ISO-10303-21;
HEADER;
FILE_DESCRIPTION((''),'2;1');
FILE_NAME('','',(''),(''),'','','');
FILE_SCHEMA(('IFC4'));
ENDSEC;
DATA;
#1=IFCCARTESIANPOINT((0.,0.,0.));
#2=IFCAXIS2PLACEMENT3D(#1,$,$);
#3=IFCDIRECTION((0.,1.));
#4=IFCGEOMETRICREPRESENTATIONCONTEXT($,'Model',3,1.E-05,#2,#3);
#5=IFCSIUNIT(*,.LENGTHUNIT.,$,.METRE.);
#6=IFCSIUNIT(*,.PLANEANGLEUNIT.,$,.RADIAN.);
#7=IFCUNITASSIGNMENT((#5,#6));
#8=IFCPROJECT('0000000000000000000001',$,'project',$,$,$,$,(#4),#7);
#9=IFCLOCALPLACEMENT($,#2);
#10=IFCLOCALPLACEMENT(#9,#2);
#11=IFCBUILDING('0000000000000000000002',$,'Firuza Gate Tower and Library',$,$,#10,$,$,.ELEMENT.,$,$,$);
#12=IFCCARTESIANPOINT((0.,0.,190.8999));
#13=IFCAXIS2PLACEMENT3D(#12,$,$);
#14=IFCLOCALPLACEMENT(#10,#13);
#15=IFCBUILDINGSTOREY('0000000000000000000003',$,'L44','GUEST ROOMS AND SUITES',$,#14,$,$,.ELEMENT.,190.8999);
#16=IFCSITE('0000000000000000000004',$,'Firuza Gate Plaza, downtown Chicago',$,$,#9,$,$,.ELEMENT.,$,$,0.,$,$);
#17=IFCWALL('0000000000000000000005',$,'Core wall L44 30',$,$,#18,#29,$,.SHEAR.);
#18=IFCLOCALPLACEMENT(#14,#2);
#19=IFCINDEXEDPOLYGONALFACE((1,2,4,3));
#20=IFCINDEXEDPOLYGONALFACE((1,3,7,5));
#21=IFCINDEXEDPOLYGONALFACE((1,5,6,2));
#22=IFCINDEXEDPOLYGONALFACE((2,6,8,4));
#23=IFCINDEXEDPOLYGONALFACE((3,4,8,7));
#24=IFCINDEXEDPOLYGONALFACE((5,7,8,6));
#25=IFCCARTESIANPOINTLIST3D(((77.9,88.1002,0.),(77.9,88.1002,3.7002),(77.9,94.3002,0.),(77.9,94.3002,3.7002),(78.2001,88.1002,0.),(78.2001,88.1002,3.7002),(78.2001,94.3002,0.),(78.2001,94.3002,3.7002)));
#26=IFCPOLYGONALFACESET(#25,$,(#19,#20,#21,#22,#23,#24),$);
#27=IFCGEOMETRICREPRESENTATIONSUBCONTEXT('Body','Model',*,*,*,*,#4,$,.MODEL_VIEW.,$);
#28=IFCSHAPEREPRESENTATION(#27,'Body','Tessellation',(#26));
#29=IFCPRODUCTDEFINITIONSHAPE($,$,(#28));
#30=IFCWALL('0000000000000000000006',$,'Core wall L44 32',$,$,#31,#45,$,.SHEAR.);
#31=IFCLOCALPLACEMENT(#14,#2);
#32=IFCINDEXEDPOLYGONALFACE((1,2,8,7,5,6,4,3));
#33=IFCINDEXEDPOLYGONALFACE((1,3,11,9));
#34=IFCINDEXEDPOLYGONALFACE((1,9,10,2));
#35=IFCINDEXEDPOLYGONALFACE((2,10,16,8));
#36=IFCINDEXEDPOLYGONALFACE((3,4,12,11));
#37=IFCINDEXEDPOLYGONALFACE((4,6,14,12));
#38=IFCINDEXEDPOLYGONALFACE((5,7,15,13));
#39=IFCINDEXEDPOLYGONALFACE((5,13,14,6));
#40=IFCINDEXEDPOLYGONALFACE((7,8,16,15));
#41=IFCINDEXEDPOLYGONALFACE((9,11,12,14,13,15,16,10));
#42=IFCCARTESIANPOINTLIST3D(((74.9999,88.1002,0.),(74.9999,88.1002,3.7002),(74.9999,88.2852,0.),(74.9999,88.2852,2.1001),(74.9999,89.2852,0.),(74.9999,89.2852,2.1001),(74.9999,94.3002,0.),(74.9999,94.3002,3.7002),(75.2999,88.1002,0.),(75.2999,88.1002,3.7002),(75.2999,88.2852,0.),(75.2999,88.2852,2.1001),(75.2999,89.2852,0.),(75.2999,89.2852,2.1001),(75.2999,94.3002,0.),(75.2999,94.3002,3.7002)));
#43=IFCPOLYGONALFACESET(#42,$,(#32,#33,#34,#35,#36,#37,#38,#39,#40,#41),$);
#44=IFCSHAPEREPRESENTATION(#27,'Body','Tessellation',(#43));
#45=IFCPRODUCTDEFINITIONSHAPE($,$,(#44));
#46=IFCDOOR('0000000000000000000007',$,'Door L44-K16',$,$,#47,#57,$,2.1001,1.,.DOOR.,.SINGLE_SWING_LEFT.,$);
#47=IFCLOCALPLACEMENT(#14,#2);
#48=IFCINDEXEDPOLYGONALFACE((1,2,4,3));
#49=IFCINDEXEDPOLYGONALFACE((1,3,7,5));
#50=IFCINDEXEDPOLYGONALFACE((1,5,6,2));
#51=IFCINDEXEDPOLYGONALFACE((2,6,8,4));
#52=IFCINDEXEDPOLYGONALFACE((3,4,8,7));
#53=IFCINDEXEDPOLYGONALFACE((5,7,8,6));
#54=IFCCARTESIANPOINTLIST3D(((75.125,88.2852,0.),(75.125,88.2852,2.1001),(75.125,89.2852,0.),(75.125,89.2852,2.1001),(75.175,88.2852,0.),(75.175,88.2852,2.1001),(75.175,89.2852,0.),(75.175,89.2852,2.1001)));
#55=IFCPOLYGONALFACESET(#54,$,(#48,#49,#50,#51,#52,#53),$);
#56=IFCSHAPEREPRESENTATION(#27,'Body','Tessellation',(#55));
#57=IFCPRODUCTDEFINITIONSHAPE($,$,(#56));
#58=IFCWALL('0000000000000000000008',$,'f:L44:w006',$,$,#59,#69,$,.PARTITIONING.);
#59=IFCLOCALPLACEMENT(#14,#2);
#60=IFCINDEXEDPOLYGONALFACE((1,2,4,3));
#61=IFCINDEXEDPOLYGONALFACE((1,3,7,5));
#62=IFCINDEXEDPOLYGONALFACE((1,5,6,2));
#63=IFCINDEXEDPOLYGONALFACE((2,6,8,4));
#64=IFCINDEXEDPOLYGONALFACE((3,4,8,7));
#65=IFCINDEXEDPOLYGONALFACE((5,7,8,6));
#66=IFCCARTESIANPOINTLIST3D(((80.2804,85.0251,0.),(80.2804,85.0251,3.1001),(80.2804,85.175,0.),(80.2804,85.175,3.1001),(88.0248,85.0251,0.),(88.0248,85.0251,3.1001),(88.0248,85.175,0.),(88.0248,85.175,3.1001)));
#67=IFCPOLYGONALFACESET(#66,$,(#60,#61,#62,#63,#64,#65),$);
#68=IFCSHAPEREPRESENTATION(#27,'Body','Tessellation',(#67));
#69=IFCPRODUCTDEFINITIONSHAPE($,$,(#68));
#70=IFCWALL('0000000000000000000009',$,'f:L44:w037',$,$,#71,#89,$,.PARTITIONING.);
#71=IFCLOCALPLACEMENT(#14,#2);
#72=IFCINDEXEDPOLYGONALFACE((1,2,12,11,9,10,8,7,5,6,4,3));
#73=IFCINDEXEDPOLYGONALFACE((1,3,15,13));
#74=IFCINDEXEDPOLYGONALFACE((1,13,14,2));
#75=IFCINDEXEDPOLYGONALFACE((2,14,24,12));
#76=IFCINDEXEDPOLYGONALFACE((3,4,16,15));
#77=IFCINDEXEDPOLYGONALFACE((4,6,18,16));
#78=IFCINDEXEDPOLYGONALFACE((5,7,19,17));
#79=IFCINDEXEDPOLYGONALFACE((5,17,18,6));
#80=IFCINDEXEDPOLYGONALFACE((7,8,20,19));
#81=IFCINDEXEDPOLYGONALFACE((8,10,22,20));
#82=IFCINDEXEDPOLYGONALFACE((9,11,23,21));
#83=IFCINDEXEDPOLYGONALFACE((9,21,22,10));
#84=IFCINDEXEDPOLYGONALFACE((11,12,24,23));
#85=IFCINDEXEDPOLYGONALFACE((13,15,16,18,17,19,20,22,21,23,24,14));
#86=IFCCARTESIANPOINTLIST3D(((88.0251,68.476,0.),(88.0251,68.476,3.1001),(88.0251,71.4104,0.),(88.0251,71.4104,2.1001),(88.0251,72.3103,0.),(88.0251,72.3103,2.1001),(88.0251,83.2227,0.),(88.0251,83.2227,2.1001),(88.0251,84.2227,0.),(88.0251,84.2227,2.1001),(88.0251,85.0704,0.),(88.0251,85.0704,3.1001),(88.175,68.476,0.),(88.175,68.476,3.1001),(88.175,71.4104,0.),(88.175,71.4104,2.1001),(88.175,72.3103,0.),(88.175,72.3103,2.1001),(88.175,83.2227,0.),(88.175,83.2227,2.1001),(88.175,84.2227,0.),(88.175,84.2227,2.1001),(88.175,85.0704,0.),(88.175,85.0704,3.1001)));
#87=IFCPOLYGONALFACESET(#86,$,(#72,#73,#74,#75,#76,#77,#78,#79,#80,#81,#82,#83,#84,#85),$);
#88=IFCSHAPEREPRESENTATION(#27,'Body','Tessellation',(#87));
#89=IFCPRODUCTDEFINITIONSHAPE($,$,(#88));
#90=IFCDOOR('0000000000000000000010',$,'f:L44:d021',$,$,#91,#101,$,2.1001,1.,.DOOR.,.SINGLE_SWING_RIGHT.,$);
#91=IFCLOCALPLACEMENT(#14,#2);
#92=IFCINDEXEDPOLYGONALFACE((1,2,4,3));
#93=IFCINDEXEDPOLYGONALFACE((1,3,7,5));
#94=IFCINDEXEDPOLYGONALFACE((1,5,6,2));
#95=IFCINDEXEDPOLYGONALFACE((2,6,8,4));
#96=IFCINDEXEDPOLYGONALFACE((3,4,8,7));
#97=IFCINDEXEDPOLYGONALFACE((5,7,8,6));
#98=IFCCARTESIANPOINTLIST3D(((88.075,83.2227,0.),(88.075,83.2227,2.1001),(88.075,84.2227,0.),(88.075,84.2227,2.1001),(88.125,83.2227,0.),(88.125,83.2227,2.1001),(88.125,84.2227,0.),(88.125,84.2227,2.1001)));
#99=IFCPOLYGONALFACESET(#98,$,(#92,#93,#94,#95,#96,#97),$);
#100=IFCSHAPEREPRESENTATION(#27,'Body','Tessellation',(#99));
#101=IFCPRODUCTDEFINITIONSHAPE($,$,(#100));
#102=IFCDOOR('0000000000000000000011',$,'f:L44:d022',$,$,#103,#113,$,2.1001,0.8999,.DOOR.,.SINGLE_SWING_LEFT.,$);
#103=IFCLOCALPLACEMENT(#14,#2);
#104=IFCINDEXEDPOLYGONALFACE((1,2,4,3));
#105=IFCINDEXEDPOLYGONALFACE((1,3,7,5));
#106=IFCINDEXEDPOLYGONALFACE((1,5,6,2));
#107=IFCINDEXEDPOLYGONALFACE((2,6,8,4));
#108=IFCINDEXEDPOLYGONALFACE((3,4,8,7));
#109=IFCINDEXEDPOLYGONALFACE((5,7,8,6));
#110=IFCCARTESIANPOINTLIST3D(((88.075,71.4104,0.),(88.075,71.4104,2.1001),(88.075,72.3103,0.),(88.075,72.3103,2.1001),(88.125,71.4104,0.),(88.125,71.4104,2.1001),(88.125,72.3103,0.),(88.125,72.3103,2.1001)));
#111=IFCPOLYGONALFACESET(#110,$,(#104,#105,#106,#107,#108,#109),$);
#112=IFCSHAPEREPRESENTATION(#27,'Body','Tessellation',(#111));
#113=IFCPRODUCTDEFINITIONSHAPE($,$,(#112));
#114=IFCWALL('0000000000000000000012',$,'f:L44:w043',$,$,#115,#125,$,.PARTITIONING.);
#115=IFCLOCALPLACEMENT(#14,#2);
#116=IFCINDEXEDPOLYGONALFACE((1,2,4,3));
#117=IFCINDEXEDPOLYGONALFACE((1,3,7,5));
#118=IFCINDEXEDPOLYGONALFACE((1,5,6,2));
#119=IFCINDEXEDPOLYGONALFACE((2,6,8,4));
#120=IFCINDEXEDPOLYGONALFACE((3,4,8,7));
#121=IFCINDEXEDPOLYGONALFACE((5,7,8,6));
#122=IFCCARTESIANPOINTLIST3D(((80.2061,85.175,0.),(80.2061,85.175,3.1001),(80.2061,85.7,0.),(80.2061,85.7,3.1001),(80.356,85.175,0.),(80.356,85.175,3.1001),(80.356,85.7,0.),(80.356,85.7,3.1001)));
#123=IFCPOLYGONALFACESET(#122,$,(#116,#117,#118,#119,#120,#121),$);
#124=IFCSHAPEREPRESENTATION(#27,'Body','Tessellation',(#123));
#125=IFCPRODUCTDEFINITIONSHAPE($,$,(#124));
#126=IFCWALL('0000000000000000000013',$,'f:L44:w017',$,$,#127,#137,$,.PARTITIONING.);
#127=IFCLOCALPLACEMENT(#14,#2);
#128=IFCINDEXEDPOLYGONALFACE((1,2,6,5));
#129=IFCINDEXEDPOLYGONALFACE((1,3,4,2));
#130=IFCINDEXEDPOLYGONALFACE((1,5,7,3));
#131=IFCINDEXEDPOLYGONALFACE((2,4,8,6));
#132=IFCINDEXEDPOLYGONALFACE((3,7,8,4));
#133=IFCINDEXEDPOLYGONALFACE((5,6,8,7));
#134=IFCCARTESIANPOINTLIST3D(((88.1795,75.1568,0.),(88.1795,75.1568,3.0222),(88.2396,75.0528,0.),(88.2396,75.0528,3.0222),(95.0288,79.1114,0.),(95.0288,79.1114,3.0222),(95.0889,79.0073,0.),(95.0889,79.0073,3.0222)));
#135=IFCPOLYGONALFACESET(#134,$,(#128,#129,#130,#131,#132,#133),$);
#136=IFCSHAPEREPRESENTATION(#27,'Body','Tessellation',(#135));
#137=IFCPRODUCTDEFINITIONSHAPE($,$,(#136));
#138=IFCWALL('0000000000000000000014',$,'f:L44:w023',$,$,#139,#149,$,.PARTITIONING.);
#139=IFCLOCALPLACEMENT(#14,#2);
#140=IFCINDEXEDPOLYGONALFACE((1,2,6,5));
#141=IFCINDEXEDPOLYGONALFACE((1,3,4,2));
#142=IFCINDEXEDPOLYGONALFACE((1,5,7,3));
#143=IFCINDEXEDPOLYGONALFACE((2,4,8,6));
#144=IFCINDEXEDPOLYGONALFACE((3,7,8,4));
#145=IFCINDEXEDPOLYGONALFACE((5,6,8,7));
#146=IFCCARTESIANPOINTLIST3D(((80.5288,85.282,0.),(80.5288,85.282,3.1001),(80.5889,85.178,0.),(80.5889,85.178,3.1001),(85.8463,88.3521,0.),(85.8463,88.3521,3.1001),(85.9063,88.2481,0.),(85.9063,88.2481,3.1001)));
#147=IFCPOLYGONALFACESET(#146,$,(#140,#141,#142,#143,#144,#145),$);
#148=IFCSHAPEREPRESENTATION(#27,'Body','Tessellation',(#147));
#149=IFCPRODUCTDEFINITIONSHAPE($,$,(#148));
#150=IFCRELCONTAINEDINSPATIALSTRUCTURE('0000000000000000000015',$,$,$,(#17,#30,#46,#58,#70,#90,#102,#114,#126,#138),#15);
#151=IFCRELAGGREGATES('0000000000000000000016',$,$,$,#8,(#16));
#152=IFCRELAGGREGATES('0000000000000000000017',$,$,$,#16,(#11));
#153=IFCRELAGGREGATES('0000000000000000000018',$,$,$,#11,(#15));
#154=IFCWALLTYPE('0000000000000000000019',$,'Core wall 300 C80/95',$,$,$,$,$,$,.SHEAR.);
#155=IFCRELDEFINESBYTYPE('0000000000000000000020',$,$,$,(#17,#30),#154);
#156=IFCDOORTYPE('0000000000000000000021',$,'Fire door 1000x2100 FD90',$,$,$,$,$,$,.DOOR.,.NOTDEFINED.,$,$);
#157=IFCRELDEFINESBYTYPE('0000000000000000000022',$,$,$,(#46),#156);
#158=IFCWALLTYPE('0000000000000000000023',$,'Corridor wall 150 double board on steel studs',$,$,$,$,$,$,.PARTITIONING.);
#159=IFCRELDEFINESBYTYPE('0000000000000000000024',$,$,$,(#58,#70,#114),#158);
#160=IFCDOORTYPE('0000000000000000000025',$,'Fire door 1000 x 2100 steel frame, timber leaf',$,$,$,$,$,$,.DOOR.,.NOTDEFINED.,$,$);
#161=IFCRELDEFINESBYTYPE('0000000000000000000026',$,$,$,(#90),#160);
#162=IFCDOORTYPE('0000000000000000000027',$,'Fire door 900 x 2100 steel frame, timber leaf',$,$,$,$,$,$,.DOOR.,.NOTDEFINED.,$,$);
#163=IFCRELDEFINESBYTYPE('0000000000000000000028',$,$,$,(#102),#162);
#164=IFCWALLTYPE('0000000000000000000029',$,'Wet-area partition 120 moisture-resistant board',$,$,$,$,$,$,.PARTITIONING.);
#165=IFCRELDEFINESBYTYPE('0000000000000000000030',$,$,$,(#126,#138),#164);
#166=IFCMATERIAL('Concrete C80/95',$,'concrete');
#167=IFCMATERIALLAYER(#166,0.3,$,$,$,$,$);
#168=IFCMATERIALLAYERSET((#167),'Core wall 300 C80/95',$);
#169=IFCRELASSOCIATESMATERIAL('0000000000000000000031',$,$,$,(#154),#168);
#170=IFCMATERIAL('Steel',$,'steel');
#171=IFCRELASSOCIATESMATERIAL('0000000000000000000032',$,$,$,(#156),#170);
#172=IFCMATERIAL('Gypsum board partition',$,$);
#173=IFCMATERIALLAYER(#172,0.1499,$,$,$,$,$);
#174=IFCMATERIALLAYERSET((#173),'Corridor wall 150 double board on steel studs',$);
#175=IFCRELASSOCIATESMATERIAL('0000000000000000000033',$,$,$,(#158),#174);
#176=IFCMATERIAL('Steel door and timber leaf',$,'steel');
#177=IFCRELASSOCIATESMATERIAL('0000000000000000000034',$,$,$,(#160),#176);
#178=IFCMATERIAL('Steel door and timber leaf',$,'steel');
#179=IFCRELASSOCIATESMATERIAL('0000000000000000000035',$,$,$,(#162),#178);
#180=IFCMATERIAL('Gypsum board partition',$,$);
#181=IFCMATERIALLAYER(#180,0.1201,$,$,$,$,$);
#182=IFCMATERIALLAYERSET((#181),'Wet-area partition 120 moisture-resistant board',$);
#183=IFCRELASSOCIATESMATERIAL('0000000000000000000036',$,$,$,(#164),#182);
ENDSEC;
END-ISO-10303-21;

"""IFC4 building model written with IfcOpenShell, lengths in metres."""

from ifc_helpers import new_model, si_unit, direction, frame, frame_2d, origin, place, context, subcontext, project, spatial, rectangle, extrude, material, layer, layer_set, type_object, element, fill, save


model = new_model("IFC4")

# Units and contexts
model_context = context("Model", 3, precision=1e-05, world=origin(), true_north=direction((0.0, 1.0)))
body_context = subcontext(model_context, "Body", "Model", "MODEL_VIEW")
ifc_project = project(units=[si_unit("LENGTHUNIT", "METRE"), si_unit("PLANEANGLEUNIT", "RADIAN")], contexts=[model_context])

# Site, building, storey
site_placement = place(None, origin())
site = spatial("IfcSite", under=ifc_project, at=site_placement, Name="Firuza Gate Plaza, downtown Chicago", CompositionType="ELEMENT", RefElevation=0.0)
building_placement = place(site_placement, origin())
building = spatial("IfcBuilding", under=site, at=building_placement, Name="Firuza Gate Tower and Library", CompositionType="ELEMENT")
storey_placement = place(building_placement, frame((0.0, 0.0, 190.8999)))
storey = spatial("IfcBuildingStorey", under=building, at=storey_placement, Name="L44", Description="GUEST ROOMS AND SUITES", CompositionType="ELEMENT", Elevation=190.8999)

# Shared definitions
ifc_material_1 = material(Name="Concrete C80/95", Category="concrete")
ifc_layer_1 = layer(ifc_material_1, 0.3)
ifc_layer_set_1 = layer_set([ifc_layer_1], Name="Core wall 300 C80/95")
wall_type_1 = type_object("IfcWallType", Name="Core wall 300 C80/95", PredefinedType="SHEAR", material=ifc_layer_set_1)

# Shared definitions
ifc_material_2 = material(Name="Steel", Category="steel")
door_type_1 = type_object("IfcDoorType", Name="Fire door 1000x2100 FD90", OperationType="NOTDEFINED", PredefinedType="DOOR", material=ifc_material_2)

# Wall
wall_1_placement = place(storey_placement, frame((78.05, 88.1001, 0.0), z_axis=(0.0, 0.0, 1.0), x_axis=(0.0, 1.0, 0.0)))
element("IfcWall", 1, at=wall_1_placement, inside=storey, type_object=wall_type_1, Name="Core wall L44 30", PredefinedType="SHEAR", context=body_context, shape_type="SweptSolid", body=[
    extrude(rectangle(XDim=6.2, YDim=0.3, at=frame_2d((3.1001, 0.0))), origin(), (0.0, 0.0, 1.0), 3.7002),
])

# Wall, opening, door
wall_2_placement = place(storey_placement, frame((75.1499, 88.1001, 0.0), z_axis=(0.0, 0.0, 1.0), x_axis=(0.0, 1.0, 0.0)))
wall_2 = element("IfcWall", 2, at=wall_2_placement, inside=storey, type_object=wall_type_1, Name="Core wall L44 32", PredefinedType="SHEAR", context=body_context, shape_type="SweptSolid", body=[
    extrude(rectangle(XDim=6.2, YDim=0.3, at=frame_2d((3.1001, 0.0))), origin(), (0.0, 0.0, 1.0), 3.7002),
])
opening_1_placement = place(wall_2_placement, frame((0.1851, 0.0, 0.0)))
opening_1 = element("IfcOpeningElement", 3, at=opening_1_placement, cuts=wall_2, PredefinedType="OPENING", context=body_context, shape_type="SweptSolid", body=[
    extrude(rectangle(XDim=1.0, YDim=2.1001, at=frame_2d((0.5, 1.05))), frame((0.0, 0.1602, 0.0), z_axis=(0.0, -1.0, 0.0), x_axis=(1.0, 0.0, 0.0)), (0.0, 0.0, 1.0), 0.3201),
])
door_1_placement = place(opening_1_placement, origin())
door_1 = element("IfcDoor", 4, at=door_1_placement, inside=storey, type_object=door_type_1, Name="Door L44-K16", OperationType="SINGLE_SWING_LEFT", OverallHeight=2.1001, OverallWidth=1.0, PredefinedType="DOOR", context=body_context, shape_type="SweptSolid", body=[
    extrude(rectangle(XDim=1.0, YDim=2.1001, at=frame_2d((0.5, 1.05))), frame((0.0, 0.0249, 0.0), z_axis=(0.0, -1.0, 0.0), x_axis=(1.0, 0.0, 0.0)), (0.0, 0.0, 1.0), 0.05),
])
fill(opening_1, door_1)

# Wall
ifc_material_3 = material(Name="Gypsum board partition")
ifc_layer_2 = layer(ifc_material_3, 0.1499)
ifc_layer_set_2 = layer_set([ifc_layer_2], Name="Corridor wall 150 double board on steel studs")
wall_type_2 = type_object("IfcWallType", Name="Corridor wall 150 double board on steel studs", PredefinedType="PARTITIONING", material=ifc_layer_set_2)
wall_3_placement = place(storey_placement, frame((80.2805, 85.1001, 0.0), z_axis=(0.0, 0.0, 1.0), x_axis=(1.0, 0.0, 0.0)))
element("IfcWall", 5, at=wall_3_placement, inside=storey, type_object=wall_type_2, Name="f:L44:w006", PredefinedType="PARTITIONING", context=body_context, shape_type="SweptSolid", body=[
    extrude(rectangle(XDim=7.7444, YDim=0.1499, at=frame_2d((3.8721, 0.0))), origin(), (0.0, 0.0, 1.0), 3.1001),
])

# Wall, openings, doors
wall_4_placement = place(storey_placement, frame((88.1001, 85.0706, 0.0), z_axis=(0.0, 0.0, 1.0), x_axis=(0.0, -1.0, 0.0)))
wall_4 = element("IfcWall", 6, at=wall_4_placement, inside=storey, type_object=wall_type_2, Name="f:L44:w037", PredefinedType="PARTITIONING", context=body_context, shape_type="SweptSolid", body=[
    extrude(rectangle(XDim=16.5945, YDim=0.1499, at=frame_2d((8.2974, 0.0))), origin(), (0.0, 0.0, 1.0), 3.1001),
])
opening_2_placement = place(wall_4_placement, frame((0.8479, 0.0, 0.0)))
opening_2 = element("IfcOpeningElement", 7, at=opening_2_placement, cuts=wall_4, PredefinedType="OPENING", context=body_context, shape_type="SweptSolid", body=[
    extrude(rectangle(XDim=1.0, YDim=2.1001, at=frame_2d((0.5, 1.05))), frame((0.0, 0.085, 0.0), z_axis=(0.0, -1.0, 0.0), x_axis=(1.0, 0.0, 0.0)), (0.0, 0.0, 1.0), 0.1699),
])
opening_3_placement = place(wall_4_placement, frame((12.7603, 0.0, 0.0)))
opening_3 = element("IfcOpeningElement", 8, at=opening_3_placement, cuts=wall_4, PredefinedType="OPENING", context=body_context, shape_type="SweptSolid", body=[
    extrude(rectangle(XDim=0.8999, YDim=2.1001, at=frame_2d((0.45, 1.05))), frame((0.0, 0.085, 0.0), z_axis=(0.0, -1.0, 0.0), x_axis=(1.0, 0.0, 0.0)), (0.0, 0.0, 1.0), 0.1699),
])
ifc_material_4 = material(Name="Steel door and timber leaf", Category="steel")
door_type_2 = type_object("IfcDoorType", Name="Fire door 1000 x 2100 steel frame, timber leaf", OperationType="NOTDEFINED", PredefinedType="DOOR", material=ifc_material_4)
door_2_placement = place(opening_2_placement, origin())
door_2 = element("IfcDoor", 9, at=door_2_placement, inside=storey, type_object=door_type_2, Name="f:L44:d021", OperationType="SINGLE_SWING_RIGHT", OverallHeight=2.1001, OverallWidth=1.0, PredefinedType="DOOR", context=body_context, shape_type="SweptSolid", body=[
    extrude(rectangle(XDim=1.0, YDim=2.1001, at=frame_2d((0.5, 1.05))), frame((0.0, 0.0249, 0.0), z_axis=(0.0, -1.0, 0.0), x_axis=(1.0, 0.0, 0.0)), (0.0, 0.0, 1.0), 0.05),
])
fill(opening_2, door_2)
ifc_material_5 = material(Name="Steel door and timber leaf", Category="steel")
door_type_3 = type_object("IfcDoorType", Name="Fire door 900 x 2100 steel frame, timber leaf", OperationType="NOTDEFINED", PredefinedType="DOOR", material=ifc_material_5)
door_3_placement = place(opening_3_placement, origin())
door_3 = element("IfcDoor", 10, at=door_3_placement, inside=storey, type_object=door_type_3, Name="f:L44:d022", OperationType="SINGLE_SWING_LEFT", OverallHeight=2.1001, OverallWidth=0.8999, PredefinedType="DOOR", context=body_context, shape_type="SweptSolid", body=[
    extrude(rectangle(XDim=0.8999, YDim=2.1001, at=frame_2d((0.45, 1.05))), frame((0.0, 0.0249, 0.0), z_axis=(0.0, -1.0, 0.0), x_axis=(1.0, 0.0, 0.0)), (0.0, 0.0, 1.0), 0.05),
])
fill(opening_3, door_3)

# Walls
wall_5_placement = place(storey_placement, frame((80.281, 85.175, 0.0), z_axis=(0.0, 0.0, 1.0), x_axis=(0.0, 1.0, 0.0)))
element("IfcWall", 11, at=wall_5_placement, inside=storey, type_object=wall_type_2, Name="f:L44:w043", PredefinedType="PARTITIONING", context=body_context, shape_type="SweptSolid", body=[
    extrude(rectangle(XDim=0.5249, YDim=0.1499, at=frame_2d((0.2625, 0.0))), origin(), (0.0, 0.0, 1.0), 3.1001),
])
ifc_material_6 = material(Name="Gypsum board partition")
ifc_layer_3 = layer(ifc_material_6, 0.1201)
ifc_layer_set_3 = layer_set([ifc_layer_3], Name="Wet-area partition 120 moisture-resistant board")
wall_type_3 = type_object("IfcWallType", Name="Wet-area partition 120 moisture-resistant board", PredefinedType="PARTITIONING", material=ifc_layer_set_3)
wall_6_placement = place(storey_placement, frame((88.2095, 75.1047, 0.0), z_axis=(0.0, 0.0, 1.0), x_axis=(0.86602, 0.50001, 0.0)))
element("IfcWall", 12, at=wall_6_placement, inside=storey, type_object=wall_type_3, Name="f:L44:w017", PredefinedType="PARTITIONING", context=body_context, shape_type="SweptSolid", body=[
    extrude(rectangle(XDim=7.9089, YDim=0.1201, at=frame_2d((3.9546, 0.0))), origin(), (0.0, 0.0, 1.0), 3.0222),
])
wall_7_placement = place(storey_placement, frame((80.5588, 85.23, 0.0), z_axis=(0.0, 0.0, 1.0), x_axis=(0.86602, 0.500009, 0.0)))
element("IfcWall", 13, at=wall_7_placement, inside=storey, type_object=wall_type_3, Name="f:L44:w023", PredefinedType="PARTITIONING", context=body_context, shape_type="SweptSolid", body=[
    extrude(rectangle(XDim=6.1401, YDim=0.1201, at=frame_2d((3.0701, 0.0))), origin(), (0.0, 0.0, 1.0), 3.1001),
])

save(model, "model.ifc")
